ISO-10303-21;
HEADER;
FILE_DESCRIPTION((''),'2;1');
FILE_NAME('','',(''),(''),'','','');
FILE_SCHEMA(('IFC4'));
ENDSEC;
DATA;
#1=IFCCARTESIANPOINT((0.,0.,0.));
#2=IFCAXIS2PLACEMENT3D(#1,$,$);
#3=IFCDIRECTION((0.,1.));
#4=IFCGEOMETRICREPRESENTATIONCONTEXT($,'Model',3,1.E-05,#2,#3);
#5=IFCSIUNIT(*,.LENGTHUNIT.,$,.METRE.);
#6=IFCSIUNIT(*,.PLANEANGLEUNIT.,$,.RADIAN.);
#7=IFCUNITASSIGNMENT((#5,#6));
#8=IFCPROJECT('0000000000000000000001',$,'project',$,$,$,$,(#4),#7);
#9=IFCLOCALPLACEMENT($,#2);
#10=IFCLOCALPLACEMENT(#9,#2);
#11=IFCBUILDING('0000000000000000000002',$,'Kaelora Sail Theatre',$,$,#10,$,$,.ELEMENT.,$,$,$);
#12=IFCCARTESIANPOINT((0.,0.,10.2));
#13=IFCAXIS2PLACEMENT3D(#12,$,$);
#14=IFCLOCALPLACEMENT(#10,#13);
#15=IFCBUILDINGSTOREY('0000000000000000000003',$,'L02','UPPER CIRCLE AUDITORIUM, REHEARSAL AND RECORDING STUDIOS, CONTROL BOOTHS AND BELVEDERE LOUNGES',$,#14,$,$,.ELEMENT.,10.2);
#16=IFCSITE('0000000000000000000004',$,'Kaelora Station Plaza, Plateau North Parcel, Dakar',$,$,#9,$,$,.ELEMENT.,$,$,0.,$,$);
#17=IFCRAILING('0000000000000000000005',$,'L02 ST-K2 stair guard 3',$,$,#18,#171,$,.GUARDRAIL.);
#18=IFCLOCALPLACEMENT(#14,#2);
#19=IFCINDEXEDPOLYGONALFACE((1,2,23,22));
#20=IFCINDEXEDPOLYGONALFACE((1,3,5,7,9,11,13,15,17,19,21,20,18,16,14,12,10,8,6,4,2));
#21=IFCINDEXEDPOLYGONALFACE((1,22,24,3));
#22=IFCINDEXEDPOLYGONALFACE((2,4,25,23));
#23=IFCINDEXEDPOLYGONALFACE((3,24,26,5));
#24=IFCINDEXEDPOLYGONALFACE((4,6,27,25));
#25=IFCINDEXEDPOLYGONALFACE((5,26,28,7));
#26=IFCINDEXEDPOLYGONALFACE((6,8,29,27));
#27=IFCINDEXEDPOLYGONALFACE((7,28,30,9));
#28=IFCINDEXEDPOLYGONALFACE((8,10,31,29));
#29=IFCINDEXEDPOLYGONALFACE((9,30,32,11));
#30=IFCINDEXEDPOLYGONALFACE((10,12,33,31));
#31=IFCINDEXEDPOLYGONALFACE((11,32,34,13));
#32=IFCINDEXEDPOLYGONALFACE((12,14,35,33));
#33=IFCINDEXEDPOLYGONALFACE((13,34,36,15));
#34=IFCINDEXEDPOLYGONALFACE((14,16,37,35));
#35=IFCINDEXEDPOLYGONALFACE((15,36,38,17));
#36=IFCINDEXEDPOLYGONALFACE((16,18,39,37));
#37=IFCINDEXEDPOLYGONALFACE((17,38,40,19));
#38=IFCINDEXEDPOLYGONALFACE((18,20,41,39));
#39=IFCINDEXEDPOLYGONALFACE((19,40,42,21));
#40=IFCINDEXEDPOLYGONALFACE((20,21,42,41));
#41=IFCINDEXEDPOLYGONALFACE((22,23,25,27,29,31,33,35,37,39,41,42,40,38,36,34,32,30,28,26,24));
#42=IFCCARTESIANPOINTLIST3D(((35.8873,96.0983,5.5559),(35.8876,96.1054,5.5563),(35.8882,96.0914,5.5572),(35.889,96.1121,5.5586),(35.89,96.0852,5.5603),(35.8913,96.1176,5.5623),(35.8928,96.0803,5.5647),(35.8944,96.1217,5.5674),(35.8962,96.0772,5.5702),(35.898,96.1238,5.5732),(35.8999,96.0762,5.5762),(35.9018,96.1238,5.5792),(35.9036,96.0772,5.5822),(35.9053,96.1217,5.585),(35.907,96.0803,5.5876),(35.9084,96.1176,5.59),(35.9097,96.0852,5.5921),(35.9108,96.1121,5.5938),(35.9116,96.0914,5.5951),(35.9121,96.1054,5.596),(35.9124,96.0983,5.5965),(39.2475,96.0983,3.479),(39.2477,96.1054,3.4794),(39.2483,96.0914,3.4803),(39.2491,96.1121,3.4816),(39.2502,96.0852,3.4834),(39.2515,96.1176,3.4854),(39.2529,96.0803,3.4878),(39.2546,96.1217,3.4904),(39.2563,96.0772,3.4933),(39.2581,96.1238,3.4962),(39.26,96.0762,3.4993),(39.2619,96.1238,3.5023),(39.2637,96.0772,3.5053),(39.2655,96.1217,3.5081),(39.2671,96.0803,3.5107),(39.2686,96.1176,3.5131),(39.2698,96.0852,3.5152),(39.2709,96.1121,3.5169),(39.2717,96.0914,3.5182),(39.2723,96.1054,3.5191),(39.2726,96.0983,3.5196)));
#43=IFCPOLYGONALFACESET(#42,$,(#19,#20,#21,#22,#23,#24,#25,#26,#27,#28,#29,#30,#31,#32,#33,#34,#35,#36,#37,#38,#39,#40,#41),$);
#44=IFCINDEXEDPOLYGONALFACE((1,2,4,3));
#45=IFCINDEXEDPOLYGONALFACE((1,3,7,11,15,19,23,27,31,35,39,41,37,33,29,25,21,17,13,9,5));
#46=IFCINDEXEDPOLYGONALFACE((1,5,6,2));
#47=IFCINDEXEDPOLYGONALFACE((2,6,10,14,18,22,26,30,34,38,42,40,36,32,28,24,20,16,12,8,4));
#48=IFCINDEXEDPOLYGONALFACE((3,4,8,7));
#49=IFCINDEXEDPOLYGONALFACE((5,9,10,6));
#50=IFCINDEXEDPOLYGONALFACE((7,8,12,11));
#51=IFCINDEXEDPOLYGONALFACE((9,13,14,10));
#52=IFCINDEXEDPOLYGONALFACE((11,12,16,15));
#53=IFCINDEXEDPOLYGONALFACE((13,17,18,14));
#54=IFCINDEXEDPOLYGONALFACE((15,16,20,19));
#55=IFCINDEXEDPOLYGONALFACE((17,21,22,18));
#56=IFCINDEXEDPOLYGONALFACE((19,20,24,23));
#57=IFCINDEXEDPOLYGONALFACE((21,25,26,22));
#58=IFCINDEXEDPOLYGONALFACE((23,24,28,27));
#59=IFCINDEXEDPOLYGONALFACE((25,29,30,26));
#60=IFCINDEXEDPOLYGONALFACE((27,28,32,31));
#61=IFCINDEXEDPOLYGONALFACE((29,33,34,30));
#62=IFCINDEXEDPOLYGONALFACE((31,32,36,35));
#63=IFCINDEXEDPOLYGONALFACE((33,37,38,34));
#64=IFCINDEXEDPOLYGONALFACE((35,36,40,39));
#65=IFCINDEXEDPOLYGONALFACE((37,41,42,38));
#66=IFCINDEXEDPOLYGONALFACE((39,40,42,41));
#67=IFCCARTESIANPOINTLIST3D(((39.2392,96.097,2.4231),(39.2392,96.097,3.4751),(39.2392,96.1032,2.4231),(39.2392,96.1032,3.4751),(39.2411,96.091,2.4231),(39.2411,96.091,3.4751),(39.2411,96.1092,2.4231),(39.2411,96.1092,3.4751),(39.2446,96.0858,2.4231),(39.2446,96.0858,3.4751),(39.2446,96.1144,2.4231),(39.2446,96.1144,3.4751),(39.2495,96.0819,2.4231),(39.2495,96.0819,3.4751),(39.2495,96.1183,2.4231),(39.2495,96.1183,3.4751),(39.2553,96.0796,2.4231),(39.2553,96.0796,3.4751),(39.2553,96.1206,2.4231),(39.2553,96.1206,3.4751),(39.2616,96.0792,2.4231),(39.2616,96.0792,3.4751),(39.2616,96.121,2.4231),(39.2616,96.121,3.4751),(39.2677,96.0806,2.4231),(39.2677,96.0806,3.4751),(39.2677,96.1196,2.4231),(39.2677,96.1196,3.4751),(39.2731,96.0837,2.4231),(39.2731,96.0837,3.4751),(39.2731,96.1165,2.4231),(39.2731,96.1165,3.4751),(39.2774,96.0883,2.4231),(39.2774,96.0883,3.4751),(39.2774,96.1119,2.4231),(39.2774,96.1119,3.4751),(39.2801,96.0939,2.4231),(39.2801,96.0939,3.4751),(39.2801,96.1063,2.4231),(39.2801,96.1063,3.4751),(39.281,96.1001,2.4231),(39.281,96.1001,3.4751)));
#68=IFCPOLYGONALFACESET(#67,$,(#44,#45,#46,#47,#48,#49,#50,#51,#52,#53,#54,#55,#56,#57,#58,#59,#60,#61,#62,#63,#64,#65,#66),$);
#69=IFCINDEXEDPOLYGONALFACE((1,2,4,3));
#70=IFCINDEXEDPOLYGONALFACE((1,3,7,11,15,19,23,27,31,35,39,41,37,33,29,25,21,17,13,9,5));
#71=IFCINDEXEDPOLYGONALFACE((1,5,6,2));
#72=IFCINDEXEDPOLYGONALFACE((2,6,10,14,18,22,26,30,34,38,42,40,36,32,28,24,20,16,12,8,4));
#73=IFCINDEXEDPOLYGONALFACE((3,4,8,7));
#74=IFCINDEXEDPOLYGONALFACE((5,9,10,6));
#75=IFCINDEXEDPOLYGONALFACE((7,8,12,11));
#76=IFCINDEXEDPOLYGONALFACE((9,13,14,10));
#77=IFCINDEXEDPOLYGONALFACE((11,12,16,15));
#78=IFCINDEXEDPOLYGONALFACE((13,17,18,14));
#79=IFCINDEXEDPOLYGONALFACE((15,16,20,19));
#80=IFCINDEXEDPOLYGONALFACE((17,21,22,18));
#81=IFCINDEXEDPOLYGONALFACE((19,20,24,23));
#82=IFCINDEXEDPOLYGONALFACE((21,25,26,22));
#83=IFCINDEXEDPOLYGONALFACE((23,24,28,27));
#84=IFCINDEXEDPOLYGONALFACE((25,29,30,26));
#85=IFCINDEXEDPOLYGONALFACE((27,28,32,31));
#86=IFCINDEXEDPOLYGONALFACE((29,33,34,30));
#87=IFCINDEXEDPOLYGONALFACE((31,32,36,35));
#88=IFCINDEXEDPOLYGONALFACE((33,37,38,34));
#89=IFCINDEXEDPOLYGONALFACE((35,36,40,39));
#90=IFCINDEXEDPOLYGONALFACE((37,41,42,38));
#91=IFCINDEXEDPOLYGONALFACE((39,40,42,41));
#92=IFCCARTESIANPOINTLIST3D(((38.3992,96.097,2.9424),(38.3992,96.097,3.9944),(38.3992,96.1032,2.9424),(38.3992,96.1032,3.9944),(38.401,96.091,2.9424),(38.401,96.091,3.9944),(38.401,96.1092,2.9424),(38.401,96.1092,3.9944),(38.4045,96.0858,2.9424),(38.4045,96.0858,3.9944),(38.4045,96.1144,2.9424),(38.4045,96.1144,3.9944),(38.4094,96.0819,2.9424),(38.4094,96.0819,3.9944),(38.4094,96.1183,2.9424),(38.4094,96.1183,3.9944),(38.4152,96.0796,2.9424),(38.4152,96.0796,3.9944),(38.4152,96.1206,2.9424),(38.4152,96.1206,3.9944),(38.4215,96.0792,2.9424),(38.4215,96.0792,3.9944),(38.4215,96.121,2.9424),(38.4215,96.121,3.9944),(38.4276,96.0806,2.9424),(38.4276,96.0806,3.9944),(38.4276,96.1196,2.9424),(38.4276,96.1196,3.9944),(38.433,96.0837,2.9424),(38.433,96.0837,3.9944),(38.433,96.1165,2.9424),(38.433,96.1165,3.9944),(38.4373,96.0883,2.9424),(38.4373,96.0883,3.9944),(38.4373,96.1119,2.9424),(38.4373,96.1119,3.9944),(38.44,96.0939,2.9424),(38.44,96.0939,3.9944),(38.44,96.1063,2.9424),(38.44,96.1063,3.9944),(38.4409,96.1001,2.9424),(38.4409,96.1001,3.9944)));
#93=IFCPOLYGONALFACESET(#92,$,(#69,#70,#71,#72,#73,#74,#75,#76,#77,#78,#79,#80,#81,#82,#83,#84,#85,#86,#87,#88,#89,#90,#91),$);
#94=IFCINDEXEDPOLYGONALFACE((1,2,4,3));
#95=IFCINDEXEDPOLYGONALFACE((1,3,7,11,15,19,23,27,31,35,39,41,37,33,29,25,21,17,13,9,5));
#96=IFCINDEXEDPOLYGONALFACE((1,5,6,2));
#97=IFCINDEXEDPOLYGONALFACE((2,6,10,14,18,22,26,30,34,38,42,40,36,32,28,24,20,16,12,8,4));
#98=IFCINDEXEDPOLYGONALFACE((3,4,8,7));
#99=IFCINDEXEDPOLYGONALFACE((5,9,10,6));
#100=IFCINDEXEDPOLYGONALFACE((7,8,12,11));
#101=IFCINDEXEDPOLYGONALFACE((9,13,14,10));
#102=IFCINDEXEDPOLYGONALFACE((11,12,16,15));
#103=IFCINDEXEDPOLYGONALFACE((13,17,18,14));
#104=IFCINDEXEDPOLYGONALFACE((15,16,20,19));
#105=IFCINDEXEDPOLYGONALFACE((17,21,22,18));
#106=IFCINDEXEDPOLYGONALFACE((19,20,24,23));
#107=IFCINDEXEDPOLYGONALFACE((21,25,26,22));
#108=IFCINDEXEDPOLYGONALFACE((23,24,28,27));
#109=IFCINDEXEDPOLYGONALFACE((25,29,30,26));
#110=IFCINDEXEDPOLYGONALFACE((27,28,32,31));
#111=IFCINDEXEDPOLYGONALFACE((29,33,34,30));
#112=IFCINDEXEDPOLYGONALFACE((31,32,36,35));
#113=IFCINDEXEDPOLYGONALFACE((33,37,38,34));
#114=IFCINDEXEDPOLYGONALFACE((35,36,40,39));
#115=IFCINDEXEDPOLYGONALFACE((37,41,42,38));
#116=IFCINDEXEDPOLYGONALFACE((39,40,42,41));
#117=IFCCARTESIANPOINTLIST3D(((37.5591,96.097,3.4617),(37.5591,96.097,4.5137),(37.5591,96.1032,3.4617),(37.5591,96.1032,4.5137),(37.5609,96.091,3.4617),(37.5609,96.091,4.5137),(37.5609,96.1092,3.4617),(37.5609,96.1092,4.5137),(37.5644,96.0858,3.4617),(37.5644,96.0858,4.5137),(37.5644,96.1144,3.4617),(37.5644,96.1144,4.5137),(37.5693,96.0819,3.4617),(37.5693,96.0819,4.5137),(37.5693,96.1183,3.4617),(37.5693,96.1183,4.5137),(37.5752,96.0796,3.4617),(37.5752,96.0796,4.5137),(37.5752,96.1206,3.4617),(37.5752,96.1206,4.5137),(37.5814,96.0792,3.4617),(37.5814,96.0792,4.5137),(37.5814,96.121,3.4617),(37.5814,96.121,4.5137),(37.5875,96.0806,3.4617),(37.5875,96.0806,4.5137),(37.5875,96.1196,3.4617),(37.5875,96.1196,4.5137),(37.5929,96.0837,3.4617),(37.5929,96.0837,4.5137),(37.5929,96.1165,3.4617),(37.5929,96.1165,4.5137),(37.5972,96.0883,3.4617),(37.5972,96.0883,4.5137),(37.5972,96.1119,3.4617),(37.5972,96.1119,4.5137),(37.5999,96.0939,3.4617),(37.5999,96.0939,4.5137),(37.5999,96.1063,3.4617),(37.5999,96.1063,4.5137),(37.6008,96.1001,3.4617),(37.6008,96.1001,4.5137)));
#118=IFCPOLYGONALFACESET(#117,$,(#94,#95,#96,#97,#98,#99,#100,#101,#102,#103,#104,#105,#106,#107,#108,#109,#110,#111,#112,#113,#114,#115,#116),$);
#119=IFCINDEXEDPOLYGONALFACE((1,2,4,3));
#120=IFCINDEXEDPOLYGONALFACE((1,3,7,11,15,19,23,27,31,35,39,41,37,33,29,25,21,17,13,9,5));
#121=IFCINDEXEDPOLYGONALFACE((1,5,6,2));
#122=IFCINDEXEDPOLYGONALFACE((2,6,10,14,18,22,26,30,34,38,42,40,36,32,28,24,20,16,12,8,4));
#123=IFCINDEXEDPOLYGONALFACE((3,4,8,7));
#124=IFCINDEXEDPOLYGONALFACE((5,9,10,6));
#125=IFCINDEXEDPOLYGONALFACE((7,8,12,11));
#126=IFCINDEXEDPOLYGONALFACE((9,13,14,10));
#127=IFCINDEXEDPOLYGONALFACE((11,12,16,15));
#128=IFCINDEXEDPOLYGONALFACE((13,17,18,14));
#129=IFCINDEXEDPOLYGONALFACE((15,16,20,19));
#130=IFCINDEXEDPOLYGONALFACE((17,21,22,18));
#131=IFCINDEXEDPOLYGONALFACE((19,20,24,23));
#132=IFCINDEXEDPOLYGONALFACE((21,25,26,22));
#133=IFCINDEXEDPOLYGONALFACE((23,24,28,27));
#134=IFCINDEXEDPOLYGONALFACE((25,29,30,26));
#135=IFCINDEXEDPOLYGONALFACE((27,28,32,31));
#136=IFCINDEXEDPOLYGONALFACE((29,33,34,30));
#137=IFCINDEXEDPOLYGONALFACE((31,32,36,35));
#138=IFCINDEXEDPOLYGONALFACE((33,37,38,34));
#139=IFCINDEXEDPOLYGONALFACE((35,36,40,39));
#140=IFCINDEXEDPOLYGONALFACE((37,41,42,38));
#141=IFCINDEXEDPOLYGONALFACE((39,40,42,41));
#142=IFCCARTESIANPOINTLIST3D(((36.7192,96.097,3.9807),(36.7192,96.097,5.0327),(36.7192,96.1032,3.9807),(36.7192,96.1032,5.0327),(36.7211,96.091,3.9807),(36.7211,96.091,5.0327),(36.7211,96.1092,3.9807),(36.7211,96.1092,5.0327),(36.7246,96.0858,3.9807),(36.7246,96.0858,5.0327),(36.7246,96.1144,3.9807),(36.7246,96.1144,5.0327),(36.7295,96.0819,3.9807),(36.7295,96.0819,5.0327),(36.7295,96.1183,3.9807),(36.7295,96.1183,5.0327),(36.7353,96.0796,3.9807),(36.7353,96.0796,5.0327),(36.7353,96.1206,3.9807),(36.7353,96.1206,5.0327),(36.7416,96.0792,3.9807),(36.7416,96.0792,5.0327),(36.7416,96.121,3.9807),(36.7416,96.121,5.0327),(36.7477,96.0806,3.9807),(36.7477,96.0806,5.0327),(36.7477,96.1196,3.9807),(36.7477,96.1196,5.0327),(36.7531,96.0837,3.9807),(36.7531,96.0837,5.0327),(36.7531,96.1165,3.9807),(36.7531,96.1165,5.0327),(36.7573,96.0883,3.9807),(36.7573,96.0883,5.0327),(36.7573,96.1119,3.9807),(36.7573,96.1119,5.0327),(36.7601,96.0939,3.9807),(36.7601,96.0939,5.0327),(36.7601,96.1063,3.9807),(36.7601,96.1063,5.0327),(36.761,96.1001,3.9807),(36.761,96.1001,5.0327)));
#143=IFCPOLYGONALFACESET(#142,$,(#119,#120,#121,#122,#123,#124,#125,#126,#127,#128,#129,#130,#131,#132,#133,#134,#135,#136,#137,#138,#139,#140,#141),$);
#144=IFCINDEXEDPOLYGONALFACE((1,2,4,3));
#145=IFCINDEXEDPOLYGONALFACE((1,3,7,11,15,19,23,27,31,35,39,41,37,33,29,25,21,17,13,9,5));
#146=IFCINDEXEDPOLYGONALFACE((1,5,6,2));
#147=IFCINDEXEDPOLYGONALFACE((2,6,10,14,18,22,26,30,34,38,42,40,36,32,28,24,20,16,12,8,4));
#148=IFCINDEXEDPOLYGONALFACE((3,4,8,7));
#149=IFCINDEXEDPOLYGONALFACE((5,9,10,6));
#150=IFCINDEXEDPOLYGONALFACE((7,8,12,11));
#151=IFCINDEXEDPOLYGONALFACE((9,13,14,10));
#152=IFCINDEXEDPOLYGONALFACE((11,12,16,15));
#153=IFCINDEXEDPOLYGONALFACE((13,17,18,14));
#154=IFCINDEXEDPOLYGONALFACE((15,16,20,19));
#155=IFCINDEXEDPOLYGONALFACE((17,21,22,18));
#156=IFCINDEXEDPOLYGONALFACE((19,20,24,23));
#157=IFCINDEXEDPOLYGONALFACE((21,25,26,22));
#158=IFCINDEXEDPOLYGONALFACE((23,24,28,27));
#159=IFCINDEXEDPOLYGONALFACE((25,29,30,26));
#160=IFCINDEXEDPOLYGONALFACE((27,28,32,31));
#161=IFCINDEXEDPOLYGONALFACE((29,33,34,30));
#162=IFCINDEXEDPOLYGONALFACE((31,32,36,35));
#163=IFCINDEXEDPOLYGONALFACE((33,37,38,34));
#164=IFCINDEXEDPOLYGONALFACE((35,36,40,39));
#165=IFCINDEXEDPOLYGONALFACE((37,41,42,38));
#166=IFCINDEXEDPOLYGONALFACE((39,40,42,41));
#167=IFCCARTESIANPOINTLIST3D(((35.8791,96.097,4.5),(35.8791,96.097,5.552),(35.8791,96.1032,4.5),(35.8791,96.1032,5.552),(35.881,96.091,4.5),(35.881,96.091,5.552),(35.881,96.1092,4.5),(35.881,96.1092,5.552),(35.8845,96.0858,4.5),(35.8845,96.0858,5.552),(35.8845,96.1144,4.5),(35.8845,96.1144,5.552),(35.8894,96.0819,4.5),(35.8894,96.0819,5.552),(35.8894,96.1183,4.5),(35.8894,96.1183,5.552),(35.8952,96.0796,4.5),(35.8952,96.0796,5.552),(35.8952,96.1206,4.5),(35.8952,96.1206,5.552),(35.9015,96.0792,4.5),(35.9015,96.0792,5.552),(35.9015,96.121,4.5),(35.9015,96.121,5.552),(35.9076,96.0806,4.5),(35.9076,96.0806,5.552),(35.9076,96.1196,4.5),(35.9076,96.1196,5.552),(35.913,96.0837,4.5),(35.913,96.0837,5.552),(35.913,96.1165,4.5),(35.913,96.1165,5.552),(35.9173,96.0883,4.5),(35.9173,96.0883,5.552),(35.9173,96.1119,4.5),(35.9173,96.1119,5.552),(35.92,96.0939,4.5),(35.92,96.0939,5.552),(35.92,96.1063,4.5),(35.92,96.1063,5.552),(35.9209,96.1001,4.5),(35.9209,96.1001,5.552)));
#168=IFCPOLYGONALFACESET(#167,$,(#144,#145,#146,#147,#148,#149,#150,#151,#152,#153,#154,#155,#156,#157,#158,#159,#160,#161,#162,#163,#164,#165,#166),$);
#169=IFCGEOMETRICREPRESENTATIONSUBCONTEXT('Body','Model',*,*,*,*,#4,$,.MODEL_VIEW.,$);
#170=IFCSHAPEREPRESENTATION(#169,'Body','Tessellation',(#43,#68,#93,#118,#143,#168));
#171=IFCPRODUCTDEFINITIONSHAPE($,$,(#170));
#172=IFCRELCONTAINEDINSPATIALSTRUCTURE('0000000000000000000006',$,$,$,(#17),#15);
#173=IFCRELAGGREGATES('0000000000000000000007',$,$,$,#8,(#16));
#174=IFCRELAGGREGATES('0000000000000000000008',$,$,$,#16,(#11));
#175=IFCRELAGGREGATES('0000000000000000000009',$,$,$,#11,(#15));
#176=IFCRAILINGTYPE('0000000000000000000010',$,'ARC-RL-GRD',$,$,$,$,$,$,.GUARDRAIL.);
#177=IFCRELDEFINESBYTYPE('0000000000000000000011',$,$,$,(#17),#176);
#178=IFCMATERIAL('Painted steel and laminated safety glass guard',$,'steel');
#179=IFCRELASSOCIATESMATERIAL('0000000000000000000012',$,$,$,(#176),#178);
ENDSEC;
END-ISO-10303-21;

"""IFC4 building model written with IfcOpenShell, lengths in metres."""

from ifc_helpers import new_model, si_unit, direction, frame, origin, origin_2d, place, context, subcontext, project, spatial, circle, extrude, material, type_object, element, save


model = new_model("IFC4")

# Units and contexts
model_context = context("Model", 3, precision=1e-05, world=origin(), true_north=direction((0.0, 1.0)))
body_context = subcontext(model_context, "Body", "Model", "MODEL_VIEW")
ifc_project = project(units=[si_unit("LENGTHUNIT", "METRE"), si_unit("PLANEANGLEUNIT", "RADIAN")], contexts=[model_context])

# Site, building, storey
site_placement = place(None, origin())
site = spatial("IfcSite", under=ifc_project, at=site_placement, Name="Kaelora Station Plaza, Plateau North Parcel, Dakar", CompositionType="ELEMENT", RefElevation=0.0)
building_placement = place(site_placement, origin())
building = spatial("IfcBuilding", under=site, at=building_placement, Name="Kaelora Sail Theatre", CompositionType="ELEMENT")
storey_placement = place(building_placement, frame((0.0, 0.0, 10.2)))
storey = spatial("IfcBuildingStorey", under=building, at=storey_placement, Name="L02", Description="UPPER CIRCLE AUDITORIUM, REHEARSAL AND RECORDING STUDIOS, CONTROL BOOTHS AND BELVEDERE LOUNGES", CompositionType="ELEMENT", Elevation=10.2)

# Railing
ifc_material_1 = material(Name="Painted steel and laminated safety glass guard", Category="steel")
railing_type_1 = type_object("IfcRailingType", Name="ARC-RL-GRD", PredefinedType="GUARDRAIL", material=ifc_material_1)
railing_1_placement = place(storey_placement, frame((39.26, 96.1001, 2.4231)))
element("IfcRailing", 1, at=railing_1_placement, inside=storey, type_object=railing_type_1, Name="L02 ST-K2 stair guard 3", PredefinedType="GUARDRAIL", context=body_context, shape_type="SweptSolid", body=[
    extrude(circle(Radius=0.0239, at=origin_2d()), frame((0.0, 0.0, 1.0762), z_axis=(-0.850623, 0.0, 0.525776), x_axis=(0.0, -1.0, 0.0)), (0.0, 0.0, 1.0), 3.9502),
    extrude(circle(Radius=0.021, at=origin_2d()), origin(), (0.0, 0.0, 1.0), 1.052),
    extrude(circle(Radius=0.021, at=origin_2d()), frame((-0.8401, 0.0, 0.5193)), (0.0, 0.0, 1.0), 1.052),
    extrude(circle(Radius=0.021, at=origin_2d()), frame((-1.6802, 0.0, 1.0386)), (0.0, 0.0, 1.0), 1.052),
    extrude(circle(Radius=0.021, at=origin_2d()), frame((-2.52, 0.0, 1.5576)), (0.0, 0.0, 1.0), 1.052),
    extrude(circle(Radius=0.021, at=origin_2d()), frame((-3.3601, 0.0, 2.0769)), (0.0, 0.0, 1.0), 1.052),
])

save(model, "model.ifc")
